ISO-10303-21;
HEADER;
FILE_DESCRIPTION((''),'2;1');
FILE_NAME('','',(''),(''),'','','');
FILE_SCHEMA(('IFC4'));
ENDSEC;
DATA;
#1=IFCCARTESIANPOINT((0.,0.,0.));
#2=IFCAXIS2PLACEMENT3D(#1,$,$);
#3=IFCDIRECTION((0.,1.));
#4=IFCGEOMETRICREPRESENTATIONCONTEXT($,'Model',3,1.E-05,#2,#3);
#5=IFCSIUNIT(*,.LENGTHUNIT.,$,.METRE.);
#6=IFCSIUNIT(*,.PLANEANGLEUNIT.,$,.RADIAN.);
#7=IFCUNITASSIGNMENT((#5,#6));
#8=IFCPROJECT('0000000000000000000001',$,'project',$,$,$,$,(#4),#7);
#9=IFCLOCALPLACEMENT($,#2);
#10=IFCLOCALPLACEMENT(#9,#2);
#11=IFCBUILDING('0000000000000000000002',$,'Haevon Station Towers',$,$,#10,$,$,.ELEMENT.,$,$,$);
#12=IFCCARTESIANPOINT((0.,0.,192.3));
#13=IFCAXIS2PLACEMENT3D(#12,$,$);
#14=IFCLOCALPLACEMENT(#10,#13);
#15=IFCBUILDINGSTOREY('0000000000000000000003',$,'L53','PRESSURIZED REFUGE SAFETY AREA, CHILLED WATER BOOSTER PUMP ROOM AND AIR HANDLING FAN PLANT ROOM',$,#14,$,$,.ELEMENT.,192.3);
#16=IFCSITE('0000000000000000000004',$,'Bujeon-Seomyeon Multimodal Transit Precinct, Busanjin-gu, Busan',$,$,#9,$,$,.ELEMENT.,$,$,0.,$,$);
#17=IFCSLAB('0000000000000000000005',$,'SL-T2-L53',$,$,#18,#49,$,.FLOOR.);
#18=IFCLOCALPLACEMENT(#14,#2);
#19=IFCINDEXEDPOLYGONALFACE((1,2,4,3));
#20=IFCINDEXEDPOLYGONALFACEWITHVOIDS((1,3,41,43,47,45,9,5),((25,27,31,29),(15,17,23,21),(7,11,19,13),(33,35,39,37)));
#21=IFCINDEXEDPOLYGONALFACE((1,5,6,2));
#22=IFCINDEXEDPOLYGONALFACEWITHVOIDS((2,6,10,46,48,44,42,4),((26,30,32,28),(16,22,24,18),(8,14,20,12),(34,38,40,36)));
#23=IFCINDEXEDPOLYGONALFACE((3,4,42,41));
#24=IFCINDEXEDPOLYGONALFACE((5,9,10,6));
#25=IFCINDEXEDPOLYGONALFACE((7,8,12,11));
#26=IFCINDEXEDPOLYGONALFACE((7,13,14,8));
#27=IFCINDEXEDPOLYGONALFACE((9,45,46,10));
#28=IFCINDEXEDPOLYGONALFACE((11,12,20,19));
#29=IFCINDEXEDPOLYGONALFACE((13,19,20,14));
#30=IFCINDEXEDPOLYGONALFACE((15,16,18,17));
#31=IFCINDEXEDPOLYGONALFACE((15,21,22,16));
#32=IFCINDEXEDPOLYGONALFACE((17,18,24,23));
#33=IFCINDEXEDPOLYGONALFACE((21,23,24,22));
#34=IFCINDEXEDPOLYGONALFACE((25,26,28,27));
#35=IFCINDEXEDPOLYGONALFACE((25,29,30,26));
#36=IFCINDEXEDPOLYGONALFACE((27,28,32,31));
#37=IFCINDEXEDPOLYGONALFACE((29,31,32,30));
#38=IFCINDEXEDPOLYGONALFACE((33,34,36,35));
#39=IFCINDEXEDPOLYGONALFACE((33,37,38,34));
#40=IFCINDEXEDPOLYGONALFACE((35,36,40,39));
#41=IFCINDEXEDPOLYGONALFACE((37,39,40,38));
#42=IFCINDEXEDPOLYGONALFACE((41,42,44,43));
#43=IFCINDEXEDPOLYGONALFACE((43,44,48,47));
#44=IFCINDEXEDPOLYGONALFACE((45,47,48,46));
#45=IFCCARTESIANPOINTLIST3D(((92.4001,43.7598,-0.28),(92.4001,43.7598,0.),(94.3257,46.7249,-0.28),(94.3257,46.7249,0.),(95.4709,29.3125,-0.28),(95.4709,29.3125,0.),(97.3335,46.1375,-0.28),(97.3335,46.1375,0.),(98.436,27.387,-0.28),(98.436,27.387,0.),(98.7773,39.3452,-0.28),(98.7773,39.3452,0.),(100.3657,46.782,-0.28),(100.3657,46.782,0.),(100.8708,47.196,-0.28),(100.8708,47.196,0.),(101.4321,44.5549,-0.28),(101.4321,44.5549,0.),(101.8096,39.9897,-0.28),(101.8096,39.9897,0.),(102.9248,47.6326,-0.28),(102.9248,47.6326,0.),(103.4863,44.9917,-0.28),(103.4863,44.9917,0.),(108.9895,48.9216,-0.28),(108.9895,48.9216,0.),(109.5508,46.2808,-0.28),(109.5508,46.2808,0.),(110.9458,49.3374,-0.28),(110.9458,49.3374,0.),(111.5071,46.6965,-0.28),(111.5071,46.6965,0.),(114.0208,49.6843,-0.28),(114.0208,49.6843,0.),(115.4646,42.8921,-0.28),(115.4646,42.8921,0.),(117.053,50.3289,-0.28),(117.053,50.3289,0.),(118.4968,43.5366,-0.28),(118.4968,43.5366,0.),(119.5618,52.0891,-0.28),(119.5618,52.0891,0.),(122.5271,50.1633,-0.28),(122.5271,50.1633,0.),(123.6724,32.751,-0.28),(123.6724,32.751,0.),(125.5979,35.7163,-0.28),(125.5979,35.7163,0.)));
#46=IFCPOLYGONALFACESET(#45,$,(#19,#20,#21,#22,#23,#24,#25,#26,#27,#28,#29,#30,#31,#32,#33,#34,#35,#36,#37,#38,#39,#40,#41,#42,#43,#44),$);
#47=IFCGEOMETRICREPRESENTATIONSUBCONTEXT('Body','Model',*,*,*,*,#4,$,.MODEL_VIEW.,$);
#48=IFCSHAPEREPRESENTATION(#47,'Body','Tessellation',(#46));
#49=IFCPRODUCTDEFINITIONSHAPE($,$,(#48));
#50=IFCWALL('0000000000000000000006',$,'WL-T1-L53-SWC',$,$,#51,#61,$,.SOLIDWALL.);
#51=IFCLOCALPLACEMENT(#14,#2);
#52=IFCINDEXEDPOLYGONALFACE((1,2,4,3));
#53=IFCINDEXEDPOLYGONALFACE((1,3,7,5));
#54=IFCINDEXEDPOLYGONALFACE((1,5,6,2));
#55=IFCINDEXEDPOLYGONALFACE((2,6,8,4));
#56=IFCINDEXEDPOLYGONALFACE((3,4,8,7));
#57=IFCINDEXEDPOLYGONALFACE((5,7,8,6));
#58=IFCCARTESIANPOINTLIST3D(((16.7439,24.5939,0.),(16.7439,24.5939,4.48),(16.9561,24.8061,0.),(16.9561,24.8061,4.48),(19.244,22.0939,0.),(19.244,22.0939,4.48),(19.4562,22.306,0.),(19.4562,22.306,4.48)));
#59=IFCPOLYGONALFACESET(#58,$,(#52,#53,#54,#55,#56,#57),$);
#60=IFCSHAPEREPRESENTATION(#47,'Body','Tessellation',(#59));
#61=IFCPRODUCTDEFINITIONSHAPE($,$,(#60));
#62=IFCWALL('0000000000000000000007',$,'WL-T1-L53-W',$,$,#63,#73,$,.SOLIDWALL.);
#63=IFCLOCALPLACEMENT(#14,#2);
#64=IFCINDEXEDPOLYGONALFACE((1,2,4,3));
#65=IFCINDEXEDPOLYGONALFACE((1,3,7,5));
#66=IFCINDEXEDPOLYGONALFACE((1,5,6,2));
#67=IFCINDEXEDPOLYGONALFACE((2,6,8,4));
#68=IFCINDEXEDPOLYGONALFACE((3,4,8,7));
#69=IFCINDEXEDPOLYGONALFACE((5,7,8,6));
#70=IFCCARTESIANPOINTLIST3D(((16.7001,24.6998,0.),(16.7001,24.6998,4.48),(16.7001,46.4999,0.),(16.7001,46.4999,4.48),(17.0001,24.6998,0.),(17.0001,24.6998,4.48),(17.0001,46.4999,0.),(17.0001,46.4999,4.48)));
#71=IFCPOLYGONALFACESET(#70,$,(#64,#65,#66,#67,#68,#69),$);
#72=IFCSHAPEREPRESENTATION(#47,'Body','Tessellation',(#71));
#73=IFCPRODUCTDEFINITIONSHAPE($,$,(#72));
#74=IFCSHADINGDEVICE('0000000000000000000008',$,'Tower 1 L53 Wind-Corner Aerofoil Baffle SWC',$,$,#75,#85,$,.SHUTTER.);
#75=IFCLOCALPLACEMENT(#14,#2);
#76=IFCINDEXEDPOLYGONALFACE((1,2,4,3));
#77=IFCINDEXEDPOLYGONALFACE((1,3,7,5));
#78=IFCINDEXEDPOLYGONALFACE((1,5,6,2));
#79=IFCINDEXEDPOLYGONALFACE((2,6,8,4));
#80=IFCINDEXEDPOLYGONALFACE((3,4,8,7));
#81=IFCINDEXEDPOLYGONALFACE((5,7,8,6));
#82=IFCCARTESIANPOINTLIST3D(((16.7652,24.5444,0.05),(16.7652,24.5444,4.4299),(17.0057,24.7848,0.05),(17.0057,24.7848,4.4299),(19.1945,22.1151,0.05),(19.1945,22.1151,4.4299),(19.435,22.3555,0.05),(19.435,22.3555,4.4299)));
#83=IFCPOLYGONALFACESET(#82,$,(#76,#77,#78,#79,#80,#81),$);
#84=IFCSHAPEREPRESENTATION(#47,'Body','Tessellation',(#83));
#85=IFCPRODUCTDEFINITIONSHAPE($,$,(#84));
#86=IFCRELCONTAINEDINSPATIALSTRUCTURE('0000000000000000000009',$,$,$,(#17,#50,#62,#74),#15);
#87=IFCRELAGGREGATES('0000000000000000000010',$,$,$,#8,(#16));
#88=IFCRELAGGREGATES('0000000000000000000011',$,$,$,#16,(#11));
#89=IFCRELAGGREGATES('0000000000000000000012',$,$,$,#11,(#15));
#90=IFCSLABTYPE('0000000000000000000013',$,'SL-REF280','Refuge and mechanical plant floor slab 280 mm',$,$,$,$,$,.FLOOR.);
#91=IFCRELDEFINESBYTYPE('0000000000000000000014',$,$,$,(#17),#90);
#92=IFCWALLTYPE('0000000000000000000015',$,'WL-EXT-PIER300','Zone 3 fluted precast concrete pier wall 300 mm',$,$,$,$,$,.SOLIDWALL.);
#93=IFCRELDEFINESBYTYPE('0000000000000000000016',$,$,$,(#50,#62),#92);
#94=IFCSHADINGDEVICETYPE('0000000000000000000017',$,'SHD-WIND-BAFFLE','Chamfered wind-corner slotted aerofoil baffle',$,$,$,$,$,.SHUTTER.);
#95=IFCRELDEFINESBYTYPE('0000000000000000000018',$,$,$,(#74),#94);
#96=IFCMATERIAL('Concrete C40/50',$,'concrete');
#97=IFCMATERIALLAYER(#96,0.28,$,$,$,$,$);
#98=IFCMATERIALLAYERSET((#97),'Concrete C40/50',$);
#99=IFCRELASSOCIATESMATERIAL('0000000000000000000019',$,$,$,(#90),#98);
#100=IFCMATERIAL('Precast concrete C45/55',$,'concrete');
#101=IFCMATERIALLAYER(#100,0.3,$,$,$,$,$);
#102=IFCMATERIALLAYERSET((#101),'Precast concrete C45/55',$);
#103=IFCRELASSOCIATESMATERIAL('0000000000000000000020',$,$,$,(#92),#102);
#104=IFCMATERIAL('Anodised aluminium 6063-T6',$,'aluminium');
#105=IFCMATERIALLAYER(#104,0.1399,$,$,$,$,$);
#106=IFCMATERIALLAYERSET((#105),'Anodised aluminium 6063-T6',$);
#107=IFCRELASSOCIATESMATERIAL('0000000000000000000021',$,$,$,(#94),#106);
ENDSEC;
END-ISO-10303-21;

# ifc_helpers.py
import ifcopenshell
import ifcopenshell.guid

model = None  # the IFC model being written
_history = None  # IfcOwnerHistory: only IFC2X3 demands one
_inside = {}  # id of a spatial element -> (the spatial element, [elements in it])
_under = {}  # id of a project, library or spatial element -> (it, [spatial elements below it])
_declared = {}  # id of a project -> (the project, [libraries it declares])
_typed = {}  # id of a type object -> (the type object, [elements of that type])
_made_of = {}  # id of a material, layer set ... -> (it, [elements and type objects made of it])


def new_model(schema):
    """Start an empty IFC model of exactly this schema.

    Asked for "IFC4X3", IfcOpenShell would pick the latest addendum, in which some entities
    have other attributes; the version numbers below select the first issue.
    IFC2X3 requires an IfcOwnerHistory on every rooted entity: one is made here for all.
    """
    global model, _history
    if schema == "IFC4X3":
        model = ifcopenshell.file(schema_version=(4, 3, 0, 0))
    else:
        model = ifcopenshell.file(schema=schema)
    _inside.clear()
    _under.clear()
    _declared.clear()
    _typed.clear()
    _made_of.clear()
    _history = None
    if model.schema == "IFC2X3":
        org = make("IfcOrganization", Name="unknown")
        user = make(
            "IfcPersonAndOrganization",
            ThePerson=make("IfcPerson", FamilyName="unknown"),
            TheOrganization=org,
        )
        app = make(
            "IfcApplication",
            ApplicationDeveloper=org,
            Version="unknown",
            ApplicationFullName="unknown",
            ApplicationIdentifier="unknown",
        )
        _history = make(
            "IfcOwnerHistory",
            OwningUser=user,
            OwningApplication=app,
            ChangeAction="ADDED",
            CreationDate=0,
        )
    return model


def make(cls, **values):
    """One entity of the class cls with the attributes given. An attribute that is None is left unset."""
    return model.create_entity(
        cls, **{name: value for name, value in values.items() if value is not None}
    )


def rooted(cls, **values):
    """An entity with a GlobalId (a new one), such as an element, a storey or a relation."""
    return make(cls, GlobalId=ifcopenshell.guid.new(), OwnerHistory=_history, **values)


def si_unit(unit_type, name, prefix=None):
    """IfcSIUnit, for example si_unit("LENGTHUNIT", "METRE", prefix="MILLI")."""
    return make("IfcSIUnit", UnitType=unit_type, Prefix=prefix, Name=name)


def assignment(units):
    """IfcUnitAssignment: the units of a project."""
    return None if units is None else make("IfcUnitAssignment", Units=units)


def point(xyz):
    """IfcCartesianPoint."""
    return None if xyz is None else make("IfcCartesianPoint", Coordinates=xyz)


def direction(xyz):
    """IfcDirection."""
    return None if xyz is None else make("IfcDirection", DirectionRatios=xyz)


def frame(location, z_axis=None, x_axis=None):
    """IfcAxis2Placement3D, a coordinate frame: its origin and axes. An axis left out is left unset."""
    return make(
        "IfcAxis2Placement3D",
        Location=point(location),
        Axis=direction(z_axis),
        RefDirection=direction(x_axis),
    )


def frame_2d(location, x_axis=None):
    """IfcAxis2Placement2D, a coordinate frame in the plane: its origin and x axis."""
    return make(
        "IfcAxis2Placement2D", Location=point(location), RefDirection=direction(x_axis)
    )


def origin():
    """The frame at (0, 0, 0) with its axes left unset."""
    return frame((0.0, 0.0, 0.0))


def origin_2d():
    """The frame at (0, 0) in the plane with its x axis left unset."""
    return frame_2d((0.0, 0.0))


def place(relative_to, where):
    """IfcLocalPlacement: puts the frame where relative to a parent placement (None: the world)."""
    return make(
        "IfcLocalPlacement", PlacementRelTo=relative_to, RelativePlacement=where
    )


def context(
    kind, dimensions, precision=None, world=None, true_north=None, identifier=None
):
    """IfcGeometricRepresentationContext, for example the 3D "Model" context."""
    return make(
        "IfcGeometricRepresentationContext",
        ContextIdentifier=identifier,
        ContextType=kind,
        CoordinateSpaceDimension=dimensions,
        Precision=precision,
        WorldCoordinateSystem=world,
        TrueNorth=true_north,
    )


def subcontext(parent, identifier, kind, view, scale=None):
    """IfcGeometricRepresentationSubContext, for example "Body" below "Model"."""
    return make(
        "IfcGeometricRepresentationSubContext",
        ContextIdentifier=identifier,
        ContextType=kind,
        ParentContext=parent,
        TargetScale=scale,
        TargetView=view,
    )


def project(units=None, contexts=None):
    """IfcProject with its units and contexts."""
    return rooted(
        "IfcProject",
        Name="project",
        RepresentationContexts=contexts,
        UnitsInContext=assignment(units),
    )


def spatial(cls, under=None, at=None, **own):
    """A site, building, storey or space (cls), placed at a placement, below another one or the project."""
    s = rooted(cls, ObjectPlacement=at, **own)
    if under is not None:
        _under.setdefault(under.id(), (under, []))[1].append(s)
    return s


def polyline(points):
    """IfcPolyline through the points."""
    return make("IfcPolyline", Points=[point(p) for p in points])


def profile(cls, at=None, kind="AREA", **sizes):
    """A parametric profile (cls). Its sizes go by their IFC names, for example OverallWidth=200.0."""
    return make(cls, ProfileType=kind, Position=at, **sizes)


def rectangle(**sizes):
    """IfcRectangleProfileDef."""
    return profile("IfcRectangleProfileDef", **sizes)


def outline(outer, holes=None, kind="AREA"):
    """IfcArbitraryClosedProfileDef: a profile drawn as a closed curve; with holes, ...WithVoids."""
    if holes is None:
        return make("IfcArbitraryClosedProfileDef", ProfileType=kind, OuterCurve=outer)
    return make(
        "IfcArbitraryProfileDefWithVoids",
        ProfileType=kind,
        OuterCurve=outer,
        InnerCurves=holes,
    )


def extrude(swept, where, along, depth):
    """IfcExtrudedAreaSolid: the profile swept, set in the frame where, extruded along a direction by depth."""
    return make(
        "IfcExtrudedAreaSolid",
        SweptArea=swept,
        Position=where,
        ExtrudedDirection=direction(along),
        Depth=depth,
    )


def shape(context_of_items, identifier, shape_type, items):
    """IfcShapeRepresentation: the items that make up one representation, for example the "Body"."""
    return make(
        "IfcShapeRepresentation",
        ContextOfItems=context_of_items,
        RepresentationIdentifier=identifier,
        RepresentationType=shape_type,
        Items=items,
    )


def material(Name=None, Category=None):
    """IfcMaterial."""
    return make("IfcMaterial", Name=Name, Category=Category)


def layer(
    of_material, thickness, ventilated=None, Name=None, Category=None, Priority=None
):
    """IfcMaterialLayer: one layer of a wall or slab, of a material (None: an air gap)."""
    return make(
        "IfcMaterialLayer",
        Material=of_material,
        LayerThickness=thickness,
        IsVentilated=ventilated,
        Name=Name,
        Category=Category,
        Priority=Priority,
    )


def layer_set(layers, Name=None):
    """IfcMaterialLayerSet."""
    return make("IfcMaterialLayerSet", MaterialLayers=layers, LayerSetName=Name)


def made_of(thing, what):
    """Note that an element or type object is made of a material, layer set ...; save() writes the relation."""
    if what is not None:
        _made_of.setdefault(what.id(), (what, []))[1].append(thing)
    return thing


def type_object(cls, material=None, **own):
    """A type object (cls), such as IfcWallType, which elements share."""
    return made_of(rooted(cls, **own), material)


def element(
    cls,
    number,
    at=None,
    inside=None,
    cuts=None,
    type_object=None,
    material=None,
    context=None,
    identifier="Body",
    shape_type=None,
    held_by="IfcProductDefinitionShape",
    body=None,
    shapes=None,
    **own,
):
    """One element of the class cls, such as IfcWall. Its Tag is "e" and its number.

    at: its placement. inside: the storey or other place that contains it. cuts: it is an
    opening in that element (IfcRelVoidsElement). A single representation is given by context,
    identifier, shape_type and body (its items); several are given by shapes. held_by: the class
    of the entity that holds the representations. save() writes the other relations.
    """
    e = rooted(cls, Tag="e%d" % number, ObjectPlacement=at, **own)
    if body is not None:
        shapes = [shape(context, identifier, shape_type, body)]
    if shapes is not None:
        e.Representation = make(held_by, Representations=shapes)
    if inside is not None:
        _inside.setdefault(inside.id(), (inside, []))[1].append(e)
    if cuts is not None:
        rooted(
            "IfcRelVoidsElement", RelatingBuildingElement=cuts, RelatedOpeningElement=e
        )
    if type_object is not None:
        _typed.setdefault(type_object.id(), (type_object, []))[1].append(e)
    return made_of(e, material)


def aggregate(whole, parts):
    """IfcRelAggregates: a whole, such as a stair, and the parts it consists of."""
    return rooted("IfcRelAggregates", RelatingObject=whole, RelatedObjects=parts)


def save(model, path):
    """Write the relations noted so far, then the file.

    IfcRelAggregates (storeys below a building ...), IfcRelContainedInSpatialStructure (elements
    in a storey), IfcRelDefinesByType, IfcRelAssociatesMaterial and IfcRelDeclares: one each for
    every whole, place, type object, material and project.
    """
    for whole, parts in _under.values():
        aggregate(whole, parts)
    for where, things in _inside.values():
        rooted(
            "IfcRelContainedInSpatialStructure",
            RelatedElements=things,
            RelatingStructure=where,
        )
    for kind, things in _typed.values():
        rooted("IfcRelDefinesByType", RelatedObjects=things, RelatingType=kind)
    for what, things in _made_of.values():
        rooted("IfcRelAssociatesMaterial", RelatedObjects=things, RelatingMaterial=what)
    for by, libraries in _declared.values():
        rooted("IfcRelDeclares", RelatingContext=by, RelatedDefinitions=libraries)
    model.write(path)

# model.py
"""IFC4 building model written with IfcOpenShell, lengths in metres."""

from ifc_helpers import new_model, si_unit, direction, frame, frame_2d, origin, origin_2d, place, context, subcontext, project, spatial, polyline, rectangle, outline, extrude, material, layer, layer_set, type_object, element, save


model = new_model("IFC4")

# Units and contexts
model_context = context("Model", 3, precision=1e-05, world=origin(), true_north=direction((0.0, 1.0)))
body_context = subcontext(model_context, "Body", "Model", "MODEL_VIEW")
ifc_project = project(units=[si_unit("LENGTHUNIT", "METRE"), si_unit("PLANEANGLEUNIT", "RADIAN")], contexts=[model_context])

# Site, building, storey
site_placement = place(None, origin())
site = spatial("IfcSite", under=ifc_project, at=site_placement, Name="Bujeon-Seomyeon Multimodal Transit Precinct, Busanjin-gu, Busan", CompositionType="ELEMENT", RefElevation=0.0)
building_placement = place(site_placement, origin())
building = spatial("IfcBuilding", under=site, at=building_placement, Name="Haevon Station Towers", CompositionType="ELEMENT")
storey_placement = place(building_placement, frame((0.0, 0.0, 192.3)))
storey = spatial("IfcBuildingStorey", under=building, at=storey_placement, Name="L53", Description="PRESSURIZED REFUGE SAFETY AREA, CHILLED WATER BOOSTER PUMP ROOM AND AIR HANDLING FAN PLANT ROOM", CompositionType="ELEMENT", Elevation=192.3)

# Shared definitions
ifc_material_1 = material(Name="Concrete C40/50", Category="concrete")

# Slab
ifc_layer_1 = layer(ifc_material_1, 0.28)
ifc_layer_set_1 = layer_set([ifc_layer_1], Name="Concrete C40/50")
slab_type_1 = type_object("IfcSlabType", Name="SL-REF280", Description="Refuge and mechanical plant floor slab 280 mm", PredefinedType="FLOOR", material=ifc_layer_set_1)
slab_1_placement = place(storey_placement, frame((0.0, 0.0, -0.28)))
element("IfcSlab", 1, at=slab_1_placement, inside=storey, type_object=slab_type_1, Name="SL-T2-L53", PredefinedType="FLOOR", context=body_context, shape_type="SweptSolid", body=[
    extrude(outline(polyline([(98.436, 27.387), (123.6724, 32.751), (125.5979, 35.7163), (122.5271, 50.1633), (119.5618, 52.0891), (94.3257, 46.7249), (92.4001, 43.7598), (95.4709, 29.3125), (98.436, 27.387)]), holes=[polyline([(101.8096, 39.9897), (100.3657, 46.782), (97.3335, 46.1375), (98.7773, 39.3452), (101.8096, 39.9897)]), polyline([(118.4968, 43.5366), (117.053, 50.3289), (114.0208, 49.6843), (115.4646, 42.8921), (118.4968, 43.5366)]), polyline([(101.4321, 44.5549), (103.4863, 44.9917), (102.9248, 47.6326), (100.8708, 47.196), (101.4321, 44.5549)]), polyline([(109.5508, 46.2808), (111.5071, 46.6965), (110.9458, 49.3374), (108.9895, 48.9216), (109.5508, 46.2808)])]), origin(), (0.0, 0.0, 1.0), 0.28),
])

# Walls
ifc_material_2 = material(Name="Precast concrete C45/55", Category="concrete")
ifc_layer_2 = layer(ifc_material_2, 0.3)
ifc_layer_set_2 = layer_set([ifc_layer_2], Name="Precast concrete C45/55")
wall_type = type_object("IfcWallType", Name="WL-EXT-PIER300", Description="Zone 3 fluted precast concrete pier wall 300 mm", PredefinedType="SOLIDWALL", material=ifc_layer_set_2)
wall_1_placement = place(storey_placement, frame((19.3501, 22.2, 0.0), z_axis=(0.0, 0.0, 1.0), x_axis=(-0.707107, 0.707107, 0.0)))
element("IfcWall", 2, at=wall_1_placement, inside=storey, type_object=wall_type, Name="WL-T1-L53-SWC", PredefinedType="SOLIDWALL", context=body_context, shape_type="SweptSolid", body=[
    extrude(rectangle(XDim=3.5356, YDim=0.3, at=frame_2d((1.7678, 0.0))), origin(), (0.0, 0.0, 1.0), 4.48),
])
wall_2_placement = place(storey_placement, frame((16.8501, 24.7, 0.0), z_axis=(0.0, 0.0, 1.0), x_axis=(0.0, 1.0, 0.0)))
element("IfcWall", 3, at=wall_2_placement, inside=storey, type_object=wall_type, Name="WL-T1-L53-W", PredefinedType="SOLIDWALL", context=body_context, shape_type="SweptSolid", body=[
    extrude(rectangle(XDim=21.8, YDim=0.3, at=frame_2d((10.8999, 0.0))), origin(), (0.0, 0.0, 1.0), 4.48),
])

# Shading device
ifc_material_3 = material(Name="Anodised aluminium 6063-T6", Category="aluminium")
ifc_layer_3 = layer(ifc_material_3, 0.1399)
ifc_layer_set_3 = layer_set([ifc_layer_3], Name="Anodised aluminium 6063-T6")
shading_device_type = type_object("IfcShadingDeviceType", Name="SHD-WIND-BAFFLE", Description="Chamfered wind-corner slotted aerofoil baffle", PredefinedType="SHUTTER", material=ifc_layer_set_3)
shading_device_placement = place(storey_placement, frame((18.1001, 23.45, 0.05), z_axis=(0.0, 0.0, 1.0), x_axis=(-0.707107, 0.707107, 0.0)))
element("IfcShadingDevice", 4, at=shading_device_placement, inside=storey, type_object=shading_device_type, Name="Tower 1 L53 Wind-Corner Aerofoil Baffle SWC", PredefinedType="SHUTTER", context=body_context, shape_type="SweptSolid", body=[
    extrude(rectangle(XDim=3.4355, YDim=0.3401, at=origin_2d()), origin(), (0.0, 0.0, 1.0), 4.3799),
])

save(model, "model.ifc")
